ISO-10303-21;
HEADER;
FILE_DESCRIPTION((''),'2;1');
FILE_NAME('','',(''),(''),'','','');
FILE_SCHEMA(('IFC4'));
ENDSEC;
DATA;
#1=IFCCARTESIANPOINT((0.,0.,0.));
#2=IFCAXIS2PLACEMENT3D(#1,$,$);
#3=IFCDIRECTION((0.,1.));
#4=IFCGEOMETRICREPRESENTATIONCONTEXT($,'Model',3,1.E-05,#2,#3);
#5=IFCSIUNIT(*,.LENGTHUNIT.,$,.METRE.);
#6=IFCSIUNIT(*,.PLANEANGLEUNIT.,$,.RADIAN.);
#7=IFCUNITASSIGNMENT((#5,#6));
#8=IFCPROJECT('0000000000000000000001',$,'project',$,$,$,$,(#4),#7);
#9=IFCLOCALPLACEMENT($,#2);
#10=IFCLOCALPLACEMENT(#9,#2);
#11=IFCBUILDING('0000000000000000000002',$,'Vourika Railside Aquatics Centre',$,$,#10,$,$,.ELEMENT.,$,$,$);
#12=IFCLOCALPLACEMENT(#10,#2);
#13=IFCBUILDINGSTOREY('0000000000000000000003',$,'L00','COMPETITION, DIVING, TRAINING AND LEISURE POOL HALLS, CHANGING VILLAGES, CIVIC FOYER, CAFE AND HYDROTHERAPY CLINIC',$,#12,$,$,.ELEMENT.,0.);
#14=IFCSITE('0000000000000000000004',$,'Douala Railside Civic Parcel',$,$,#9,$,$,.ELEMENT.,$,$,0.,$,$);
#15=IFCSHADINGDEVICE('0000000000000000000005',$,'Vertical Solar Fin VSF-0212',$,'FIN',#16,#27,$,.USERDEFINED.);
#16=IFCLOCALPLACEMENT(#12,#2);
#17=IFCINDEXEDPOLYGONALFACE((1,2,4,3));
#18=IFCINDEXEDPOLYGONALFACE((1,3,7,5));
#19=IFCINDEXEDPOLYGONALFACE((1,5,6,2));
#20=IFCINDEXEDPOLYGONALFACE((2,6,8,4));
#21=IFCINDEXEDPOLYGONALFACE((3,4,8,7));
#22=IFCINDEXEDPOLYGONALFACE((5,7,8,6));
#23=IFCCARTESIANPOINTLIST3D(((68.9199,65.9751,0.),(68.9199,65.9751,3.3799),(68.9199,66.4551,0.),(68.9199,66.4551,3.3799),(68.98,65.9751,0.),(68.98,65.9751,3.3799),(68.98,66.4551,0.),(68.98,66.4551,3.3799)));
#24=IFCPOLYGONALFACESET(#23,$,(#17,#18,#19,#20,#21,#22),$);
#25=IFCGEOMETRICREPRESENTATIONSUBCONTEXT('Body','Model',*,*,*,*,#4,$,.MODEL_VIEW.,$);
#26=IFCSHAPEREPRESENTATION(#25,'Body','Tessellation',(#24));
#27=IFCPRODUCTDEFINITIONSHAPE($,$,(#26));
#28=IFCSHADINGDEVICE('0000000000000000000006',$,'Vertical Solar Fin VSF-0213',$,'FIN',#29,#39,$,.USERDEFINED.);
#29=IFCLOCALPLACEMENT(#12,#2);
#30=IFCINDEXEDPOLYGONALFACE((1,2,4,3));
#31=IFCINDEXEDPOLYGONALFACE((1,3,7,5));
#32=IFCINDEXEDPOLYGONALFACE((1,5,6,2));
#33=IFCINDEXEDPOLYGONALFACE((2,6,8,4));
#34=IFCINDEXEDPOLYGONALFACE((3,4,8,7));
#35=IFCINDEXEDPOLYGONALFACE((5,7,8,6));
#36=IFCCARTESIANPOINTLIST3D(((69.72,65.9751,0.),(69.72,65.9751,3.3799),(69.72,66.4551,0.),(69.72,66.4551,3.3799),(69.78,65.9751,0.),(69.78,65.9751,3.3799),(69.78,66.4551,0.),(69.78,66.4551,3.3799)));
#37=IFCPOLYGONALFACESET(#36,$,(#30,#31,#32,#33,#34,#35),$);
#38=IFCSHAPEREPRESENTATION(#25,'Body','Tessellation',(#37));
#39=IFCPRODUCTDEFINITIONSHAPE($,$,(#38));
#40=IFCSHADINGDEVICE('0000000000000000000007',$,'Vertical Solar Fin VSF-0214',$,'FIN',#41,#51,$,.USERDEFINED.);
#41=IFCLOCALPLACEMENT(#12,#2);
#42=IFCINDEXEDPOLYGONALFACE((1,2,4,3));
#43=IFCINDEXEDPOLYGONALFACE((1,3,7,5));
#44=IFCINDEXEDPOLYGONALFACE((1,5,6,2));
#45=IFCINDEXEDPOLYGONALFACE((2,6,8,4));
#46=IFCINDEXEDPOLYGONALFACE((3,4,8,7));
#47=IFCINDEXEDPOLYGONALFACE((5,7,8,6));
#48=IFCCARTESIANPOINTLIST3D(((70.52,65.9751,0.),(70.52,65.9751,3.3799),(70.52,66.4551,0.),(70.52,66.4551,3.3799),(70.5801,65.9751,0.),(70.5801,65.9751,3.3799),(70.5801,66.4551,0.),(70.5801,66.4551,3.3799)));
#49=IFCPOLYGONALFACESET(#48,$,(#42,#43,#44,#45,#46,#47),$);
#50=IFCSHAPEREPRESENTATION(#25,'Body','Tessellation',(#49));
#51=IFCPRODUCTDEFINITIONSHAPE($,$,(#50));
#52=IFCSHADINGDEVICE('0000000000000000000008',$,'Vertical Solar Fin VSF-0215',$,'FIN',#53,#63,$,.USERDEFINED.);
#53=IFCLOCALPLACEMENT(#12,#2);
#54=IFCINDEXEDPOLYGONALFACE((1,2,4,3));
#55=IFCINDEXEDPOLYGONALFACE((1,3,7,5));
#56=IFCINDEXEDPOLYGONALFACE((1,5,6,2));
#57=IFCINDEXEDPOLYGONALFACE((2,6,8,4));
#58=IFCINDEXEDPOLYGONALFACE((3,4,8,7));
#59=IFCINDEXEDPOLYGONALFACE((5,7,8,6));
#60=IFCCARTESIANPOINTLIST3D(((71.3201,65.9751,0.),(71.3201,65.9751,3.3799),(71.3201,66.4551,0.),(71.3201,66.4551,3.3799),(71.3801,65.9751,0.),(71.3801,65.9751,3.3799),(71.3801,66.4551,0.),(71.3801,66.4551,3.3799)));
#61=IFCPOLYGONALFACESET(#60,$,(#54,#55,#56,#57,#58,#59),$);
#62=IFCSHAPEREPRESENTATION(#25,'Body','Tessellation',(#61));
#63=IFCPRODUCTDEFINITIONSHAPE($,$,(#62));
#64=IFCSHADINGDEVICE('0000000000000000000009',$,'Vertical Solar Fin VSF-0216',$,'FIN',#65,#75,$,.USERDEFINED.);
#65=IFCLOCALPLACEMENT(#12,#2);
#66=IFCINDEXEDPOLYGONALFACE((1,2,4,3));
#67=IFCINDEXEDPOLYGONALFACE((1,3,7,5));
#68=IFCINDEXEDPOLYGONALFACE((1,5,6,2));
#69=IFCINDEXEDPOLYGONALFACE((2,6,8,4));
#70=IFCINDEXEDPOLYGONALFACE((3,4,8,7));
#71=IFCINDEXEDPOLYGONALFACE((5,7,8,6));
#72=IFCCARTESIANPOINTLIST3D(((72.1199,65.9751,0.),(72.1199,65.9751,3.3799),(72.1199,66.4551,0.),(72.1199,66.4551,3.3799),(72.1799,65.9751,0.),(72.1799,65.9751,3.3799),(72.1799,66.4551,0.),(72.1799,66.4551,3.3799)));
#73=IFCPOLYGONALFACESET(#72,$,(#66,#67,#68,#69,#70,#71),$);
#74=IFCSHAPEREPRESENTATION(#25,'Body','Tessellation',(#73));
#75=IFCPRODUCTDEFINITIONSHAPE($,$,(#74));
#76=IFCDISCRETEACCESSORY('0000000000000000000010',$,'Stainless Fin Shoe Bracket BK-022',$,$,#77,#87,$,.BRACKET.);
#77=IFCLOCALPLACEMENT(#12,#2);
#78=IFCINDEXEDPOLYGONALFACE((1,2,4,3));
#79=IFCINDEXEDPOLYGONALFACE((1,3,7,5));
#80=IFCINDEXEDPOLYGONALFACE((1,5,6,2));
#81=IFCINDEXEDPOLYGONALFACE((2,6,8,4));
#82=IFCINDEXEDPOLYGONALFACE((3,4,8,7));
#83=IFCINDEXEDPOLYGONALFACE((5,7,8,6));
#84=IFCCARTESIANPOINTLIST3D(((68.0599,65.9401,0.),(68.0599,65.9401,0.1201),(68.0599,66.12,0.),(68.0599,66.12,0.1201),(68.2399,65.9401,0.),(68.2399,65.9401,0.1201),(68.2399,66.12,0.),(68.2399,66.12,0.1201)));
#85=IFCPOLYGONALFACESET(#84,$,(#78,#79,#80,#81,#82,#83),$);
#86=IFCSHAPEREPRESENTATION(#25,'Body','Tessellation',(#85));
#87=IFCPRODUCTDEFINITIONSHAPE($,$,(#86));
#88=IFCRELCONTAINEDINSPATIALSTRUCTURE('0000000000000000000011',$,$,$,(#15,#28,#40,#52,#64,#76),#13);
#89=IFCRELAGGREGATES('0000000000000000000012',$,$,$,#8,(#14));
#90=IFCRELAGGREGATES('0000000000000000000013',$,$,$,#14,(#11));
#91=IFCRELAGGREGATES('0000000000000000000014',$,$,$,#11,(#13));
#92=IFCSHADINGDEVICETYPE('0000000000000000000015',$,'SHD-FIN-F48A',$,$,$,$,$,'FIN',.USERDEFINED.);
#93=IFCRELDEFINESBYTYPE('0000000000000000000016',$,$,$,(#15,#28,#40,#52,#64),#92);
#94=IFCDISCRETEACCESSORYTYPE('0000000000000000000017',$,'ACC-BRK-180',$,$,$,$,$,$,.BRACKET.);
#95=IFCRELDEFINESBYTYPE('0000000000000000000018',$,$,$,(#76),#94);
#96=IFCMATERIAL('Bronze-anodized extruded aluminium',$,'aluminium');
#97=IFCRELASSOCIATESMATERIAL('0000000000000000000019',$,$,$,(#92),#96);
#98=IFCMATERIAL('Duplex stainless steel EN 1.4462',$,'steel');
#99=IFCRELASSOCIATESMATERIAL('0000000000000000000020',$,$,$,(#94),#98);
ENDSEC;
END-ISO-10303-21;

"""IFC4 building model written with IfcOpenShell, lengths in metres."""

from ifc_helpers import new_model, si_unit, direction, frame, origin, origin_2d, place, context, subcontext, project, spatial, rectangle, extrude, material, material_profile, profile_set, type_object, element, save


model = new_model("IFC4")

# Units and contexts
model_context = context("Model", 3, precision=1e-05, world=origin(), true_north=direction((0.0, 1.0)))
body_context = subcontext(model_context, "Body", "Model", "MODEL_VIEW")
ifc_project = project(units=[si_unit("LENGTHUNIT", "METRE"), si_unit("PLANEANGLEUNIT", "RADIAN")], contexts=[model_context])

# Site, building, storey
site_placement = place(None, origin())
site = spatial("IfcSite", under=ifc_project, at=site_placement, Name="Douala Railside Civic Parcel", CompositionType="ELEMENT", RefElevation=0.0)
building_placement = place(site_placement, origin())
building = spatial("IfcBuilding", under=site, at=building_placement, Name="Vourika Railside Aquatics Centre", CompositionType="ELEMENT")
storey_placement = place(building_placement, origin())
storey = spatial("IfcBuildingStorey", under=building, at=storey_placement, Name="L00", Description="COMPETITION, DIVING, TRAINING AND LEISURE POOL HALLS, CHANGING VILLAGES, CIVIC FOYER, CAFE AND HYDROTHERAPY CLINIC", CompositionType="ELEMENT", Elevation=0.0)

# Shading devices
ifc_material_1 = material(Name="Bronze-anodized extruded aluminium", Category="aluminium")
ifc_material_profile_1 = material_profile(ifc_material_1, rectangle(XDim=0.0601, YDim=0.48, at=origin_2d()), Name="ALU-FIN 60x480")
ifc_profile_set_1 = profile_set([ifc_material_profile_1], Name="Bronze-anodized extruded aluminium")
shading_device_type = type_object("IfcShadingDeviceType", Name="SHD-FIN-F48A", ElementType="FIN", PredefinedType="USERDEFINED", material=ifc_profile_set_1)
for number, where, z_axis, x_axis, name in (
    (1, (68.95, 66.2151, 0.0), (0.0, 0.0, 1.0), (1.0, 0.0, 0.0), "Vertical Solar Fin VSF-0212"),
    (2, (69.75, 66.2151, 0.0), (0.0, 0.0, 1.0), (1.0, 0.0, 0.0), "Vertical Solar Fin VSF-0213"),
    (3, (70.55, 66.2151, 0.0), (0.0, 0.0, 1.0), (1.0, 0.0, 0.0), "Vertical Solar Fin VSF-0214"),
    (4, (71.3501, 66.2151, 0.0), (0.0, 0.0, 1.0), (1.0, 0.0, 0.0), "Vertical Solar Fin VSF-0215"),
    (5, (72.1499, 66.2151, 0.0), (0.0, 0.0, 1.0), (1.0, 0.0, 0.0), "Vertical Solar Fin VSF-0216"),
):
    element("IfcShadingDevice", number, at=place(storey_placement, frame(where, z_axis=z_axis, x_axis=x_axis)), inside=storey, type_object=shading_device_type, Name=name, ObjectType="FIN", PredefinedType="USERDEFINED", context=body_context, shape_type="SweptSolid", body=[
        extrude(rectangle(XDim=0.0601, YDim=0.48, at=origin_2d()), origin(), (0.0, 0.0, 1.0), 3.3799),
    ])

# Discrete accessory
ifc_material_2 = material(Name="Duplex stainless steel EN 1.4462", Category="steel")
discrete_accessory_type = type_object("IfcDiscreteAccessoryType", Name="ACC-BRK-180", PredefinedType="BRACKET", material=ifc_material_2)
discrete_accessory_placement = place(storey_placement, frame((68.1499, 66.03, 0.0), z_axis=(0.0, 0.0, 1.0), x_axis=(0.0, 1.0, 0.0)))
element("IfcDiscreteAccessory", 6, at=discrete_accessory_placement, inside=storey, type_object=discrete_accessory_type, Name="Stainless Fin Shoe Bracket BK-022", PredefinedType="BRACKET", context=body_context, shape_type="SweptSolid", body=[
    extrude(rectangle(XDim=0.1799, YDim=0.1799, at=origin_2d()), origin(), (0.0, 0.0, 1.0), 0.1201),
])

save(model, "model.ifc")
